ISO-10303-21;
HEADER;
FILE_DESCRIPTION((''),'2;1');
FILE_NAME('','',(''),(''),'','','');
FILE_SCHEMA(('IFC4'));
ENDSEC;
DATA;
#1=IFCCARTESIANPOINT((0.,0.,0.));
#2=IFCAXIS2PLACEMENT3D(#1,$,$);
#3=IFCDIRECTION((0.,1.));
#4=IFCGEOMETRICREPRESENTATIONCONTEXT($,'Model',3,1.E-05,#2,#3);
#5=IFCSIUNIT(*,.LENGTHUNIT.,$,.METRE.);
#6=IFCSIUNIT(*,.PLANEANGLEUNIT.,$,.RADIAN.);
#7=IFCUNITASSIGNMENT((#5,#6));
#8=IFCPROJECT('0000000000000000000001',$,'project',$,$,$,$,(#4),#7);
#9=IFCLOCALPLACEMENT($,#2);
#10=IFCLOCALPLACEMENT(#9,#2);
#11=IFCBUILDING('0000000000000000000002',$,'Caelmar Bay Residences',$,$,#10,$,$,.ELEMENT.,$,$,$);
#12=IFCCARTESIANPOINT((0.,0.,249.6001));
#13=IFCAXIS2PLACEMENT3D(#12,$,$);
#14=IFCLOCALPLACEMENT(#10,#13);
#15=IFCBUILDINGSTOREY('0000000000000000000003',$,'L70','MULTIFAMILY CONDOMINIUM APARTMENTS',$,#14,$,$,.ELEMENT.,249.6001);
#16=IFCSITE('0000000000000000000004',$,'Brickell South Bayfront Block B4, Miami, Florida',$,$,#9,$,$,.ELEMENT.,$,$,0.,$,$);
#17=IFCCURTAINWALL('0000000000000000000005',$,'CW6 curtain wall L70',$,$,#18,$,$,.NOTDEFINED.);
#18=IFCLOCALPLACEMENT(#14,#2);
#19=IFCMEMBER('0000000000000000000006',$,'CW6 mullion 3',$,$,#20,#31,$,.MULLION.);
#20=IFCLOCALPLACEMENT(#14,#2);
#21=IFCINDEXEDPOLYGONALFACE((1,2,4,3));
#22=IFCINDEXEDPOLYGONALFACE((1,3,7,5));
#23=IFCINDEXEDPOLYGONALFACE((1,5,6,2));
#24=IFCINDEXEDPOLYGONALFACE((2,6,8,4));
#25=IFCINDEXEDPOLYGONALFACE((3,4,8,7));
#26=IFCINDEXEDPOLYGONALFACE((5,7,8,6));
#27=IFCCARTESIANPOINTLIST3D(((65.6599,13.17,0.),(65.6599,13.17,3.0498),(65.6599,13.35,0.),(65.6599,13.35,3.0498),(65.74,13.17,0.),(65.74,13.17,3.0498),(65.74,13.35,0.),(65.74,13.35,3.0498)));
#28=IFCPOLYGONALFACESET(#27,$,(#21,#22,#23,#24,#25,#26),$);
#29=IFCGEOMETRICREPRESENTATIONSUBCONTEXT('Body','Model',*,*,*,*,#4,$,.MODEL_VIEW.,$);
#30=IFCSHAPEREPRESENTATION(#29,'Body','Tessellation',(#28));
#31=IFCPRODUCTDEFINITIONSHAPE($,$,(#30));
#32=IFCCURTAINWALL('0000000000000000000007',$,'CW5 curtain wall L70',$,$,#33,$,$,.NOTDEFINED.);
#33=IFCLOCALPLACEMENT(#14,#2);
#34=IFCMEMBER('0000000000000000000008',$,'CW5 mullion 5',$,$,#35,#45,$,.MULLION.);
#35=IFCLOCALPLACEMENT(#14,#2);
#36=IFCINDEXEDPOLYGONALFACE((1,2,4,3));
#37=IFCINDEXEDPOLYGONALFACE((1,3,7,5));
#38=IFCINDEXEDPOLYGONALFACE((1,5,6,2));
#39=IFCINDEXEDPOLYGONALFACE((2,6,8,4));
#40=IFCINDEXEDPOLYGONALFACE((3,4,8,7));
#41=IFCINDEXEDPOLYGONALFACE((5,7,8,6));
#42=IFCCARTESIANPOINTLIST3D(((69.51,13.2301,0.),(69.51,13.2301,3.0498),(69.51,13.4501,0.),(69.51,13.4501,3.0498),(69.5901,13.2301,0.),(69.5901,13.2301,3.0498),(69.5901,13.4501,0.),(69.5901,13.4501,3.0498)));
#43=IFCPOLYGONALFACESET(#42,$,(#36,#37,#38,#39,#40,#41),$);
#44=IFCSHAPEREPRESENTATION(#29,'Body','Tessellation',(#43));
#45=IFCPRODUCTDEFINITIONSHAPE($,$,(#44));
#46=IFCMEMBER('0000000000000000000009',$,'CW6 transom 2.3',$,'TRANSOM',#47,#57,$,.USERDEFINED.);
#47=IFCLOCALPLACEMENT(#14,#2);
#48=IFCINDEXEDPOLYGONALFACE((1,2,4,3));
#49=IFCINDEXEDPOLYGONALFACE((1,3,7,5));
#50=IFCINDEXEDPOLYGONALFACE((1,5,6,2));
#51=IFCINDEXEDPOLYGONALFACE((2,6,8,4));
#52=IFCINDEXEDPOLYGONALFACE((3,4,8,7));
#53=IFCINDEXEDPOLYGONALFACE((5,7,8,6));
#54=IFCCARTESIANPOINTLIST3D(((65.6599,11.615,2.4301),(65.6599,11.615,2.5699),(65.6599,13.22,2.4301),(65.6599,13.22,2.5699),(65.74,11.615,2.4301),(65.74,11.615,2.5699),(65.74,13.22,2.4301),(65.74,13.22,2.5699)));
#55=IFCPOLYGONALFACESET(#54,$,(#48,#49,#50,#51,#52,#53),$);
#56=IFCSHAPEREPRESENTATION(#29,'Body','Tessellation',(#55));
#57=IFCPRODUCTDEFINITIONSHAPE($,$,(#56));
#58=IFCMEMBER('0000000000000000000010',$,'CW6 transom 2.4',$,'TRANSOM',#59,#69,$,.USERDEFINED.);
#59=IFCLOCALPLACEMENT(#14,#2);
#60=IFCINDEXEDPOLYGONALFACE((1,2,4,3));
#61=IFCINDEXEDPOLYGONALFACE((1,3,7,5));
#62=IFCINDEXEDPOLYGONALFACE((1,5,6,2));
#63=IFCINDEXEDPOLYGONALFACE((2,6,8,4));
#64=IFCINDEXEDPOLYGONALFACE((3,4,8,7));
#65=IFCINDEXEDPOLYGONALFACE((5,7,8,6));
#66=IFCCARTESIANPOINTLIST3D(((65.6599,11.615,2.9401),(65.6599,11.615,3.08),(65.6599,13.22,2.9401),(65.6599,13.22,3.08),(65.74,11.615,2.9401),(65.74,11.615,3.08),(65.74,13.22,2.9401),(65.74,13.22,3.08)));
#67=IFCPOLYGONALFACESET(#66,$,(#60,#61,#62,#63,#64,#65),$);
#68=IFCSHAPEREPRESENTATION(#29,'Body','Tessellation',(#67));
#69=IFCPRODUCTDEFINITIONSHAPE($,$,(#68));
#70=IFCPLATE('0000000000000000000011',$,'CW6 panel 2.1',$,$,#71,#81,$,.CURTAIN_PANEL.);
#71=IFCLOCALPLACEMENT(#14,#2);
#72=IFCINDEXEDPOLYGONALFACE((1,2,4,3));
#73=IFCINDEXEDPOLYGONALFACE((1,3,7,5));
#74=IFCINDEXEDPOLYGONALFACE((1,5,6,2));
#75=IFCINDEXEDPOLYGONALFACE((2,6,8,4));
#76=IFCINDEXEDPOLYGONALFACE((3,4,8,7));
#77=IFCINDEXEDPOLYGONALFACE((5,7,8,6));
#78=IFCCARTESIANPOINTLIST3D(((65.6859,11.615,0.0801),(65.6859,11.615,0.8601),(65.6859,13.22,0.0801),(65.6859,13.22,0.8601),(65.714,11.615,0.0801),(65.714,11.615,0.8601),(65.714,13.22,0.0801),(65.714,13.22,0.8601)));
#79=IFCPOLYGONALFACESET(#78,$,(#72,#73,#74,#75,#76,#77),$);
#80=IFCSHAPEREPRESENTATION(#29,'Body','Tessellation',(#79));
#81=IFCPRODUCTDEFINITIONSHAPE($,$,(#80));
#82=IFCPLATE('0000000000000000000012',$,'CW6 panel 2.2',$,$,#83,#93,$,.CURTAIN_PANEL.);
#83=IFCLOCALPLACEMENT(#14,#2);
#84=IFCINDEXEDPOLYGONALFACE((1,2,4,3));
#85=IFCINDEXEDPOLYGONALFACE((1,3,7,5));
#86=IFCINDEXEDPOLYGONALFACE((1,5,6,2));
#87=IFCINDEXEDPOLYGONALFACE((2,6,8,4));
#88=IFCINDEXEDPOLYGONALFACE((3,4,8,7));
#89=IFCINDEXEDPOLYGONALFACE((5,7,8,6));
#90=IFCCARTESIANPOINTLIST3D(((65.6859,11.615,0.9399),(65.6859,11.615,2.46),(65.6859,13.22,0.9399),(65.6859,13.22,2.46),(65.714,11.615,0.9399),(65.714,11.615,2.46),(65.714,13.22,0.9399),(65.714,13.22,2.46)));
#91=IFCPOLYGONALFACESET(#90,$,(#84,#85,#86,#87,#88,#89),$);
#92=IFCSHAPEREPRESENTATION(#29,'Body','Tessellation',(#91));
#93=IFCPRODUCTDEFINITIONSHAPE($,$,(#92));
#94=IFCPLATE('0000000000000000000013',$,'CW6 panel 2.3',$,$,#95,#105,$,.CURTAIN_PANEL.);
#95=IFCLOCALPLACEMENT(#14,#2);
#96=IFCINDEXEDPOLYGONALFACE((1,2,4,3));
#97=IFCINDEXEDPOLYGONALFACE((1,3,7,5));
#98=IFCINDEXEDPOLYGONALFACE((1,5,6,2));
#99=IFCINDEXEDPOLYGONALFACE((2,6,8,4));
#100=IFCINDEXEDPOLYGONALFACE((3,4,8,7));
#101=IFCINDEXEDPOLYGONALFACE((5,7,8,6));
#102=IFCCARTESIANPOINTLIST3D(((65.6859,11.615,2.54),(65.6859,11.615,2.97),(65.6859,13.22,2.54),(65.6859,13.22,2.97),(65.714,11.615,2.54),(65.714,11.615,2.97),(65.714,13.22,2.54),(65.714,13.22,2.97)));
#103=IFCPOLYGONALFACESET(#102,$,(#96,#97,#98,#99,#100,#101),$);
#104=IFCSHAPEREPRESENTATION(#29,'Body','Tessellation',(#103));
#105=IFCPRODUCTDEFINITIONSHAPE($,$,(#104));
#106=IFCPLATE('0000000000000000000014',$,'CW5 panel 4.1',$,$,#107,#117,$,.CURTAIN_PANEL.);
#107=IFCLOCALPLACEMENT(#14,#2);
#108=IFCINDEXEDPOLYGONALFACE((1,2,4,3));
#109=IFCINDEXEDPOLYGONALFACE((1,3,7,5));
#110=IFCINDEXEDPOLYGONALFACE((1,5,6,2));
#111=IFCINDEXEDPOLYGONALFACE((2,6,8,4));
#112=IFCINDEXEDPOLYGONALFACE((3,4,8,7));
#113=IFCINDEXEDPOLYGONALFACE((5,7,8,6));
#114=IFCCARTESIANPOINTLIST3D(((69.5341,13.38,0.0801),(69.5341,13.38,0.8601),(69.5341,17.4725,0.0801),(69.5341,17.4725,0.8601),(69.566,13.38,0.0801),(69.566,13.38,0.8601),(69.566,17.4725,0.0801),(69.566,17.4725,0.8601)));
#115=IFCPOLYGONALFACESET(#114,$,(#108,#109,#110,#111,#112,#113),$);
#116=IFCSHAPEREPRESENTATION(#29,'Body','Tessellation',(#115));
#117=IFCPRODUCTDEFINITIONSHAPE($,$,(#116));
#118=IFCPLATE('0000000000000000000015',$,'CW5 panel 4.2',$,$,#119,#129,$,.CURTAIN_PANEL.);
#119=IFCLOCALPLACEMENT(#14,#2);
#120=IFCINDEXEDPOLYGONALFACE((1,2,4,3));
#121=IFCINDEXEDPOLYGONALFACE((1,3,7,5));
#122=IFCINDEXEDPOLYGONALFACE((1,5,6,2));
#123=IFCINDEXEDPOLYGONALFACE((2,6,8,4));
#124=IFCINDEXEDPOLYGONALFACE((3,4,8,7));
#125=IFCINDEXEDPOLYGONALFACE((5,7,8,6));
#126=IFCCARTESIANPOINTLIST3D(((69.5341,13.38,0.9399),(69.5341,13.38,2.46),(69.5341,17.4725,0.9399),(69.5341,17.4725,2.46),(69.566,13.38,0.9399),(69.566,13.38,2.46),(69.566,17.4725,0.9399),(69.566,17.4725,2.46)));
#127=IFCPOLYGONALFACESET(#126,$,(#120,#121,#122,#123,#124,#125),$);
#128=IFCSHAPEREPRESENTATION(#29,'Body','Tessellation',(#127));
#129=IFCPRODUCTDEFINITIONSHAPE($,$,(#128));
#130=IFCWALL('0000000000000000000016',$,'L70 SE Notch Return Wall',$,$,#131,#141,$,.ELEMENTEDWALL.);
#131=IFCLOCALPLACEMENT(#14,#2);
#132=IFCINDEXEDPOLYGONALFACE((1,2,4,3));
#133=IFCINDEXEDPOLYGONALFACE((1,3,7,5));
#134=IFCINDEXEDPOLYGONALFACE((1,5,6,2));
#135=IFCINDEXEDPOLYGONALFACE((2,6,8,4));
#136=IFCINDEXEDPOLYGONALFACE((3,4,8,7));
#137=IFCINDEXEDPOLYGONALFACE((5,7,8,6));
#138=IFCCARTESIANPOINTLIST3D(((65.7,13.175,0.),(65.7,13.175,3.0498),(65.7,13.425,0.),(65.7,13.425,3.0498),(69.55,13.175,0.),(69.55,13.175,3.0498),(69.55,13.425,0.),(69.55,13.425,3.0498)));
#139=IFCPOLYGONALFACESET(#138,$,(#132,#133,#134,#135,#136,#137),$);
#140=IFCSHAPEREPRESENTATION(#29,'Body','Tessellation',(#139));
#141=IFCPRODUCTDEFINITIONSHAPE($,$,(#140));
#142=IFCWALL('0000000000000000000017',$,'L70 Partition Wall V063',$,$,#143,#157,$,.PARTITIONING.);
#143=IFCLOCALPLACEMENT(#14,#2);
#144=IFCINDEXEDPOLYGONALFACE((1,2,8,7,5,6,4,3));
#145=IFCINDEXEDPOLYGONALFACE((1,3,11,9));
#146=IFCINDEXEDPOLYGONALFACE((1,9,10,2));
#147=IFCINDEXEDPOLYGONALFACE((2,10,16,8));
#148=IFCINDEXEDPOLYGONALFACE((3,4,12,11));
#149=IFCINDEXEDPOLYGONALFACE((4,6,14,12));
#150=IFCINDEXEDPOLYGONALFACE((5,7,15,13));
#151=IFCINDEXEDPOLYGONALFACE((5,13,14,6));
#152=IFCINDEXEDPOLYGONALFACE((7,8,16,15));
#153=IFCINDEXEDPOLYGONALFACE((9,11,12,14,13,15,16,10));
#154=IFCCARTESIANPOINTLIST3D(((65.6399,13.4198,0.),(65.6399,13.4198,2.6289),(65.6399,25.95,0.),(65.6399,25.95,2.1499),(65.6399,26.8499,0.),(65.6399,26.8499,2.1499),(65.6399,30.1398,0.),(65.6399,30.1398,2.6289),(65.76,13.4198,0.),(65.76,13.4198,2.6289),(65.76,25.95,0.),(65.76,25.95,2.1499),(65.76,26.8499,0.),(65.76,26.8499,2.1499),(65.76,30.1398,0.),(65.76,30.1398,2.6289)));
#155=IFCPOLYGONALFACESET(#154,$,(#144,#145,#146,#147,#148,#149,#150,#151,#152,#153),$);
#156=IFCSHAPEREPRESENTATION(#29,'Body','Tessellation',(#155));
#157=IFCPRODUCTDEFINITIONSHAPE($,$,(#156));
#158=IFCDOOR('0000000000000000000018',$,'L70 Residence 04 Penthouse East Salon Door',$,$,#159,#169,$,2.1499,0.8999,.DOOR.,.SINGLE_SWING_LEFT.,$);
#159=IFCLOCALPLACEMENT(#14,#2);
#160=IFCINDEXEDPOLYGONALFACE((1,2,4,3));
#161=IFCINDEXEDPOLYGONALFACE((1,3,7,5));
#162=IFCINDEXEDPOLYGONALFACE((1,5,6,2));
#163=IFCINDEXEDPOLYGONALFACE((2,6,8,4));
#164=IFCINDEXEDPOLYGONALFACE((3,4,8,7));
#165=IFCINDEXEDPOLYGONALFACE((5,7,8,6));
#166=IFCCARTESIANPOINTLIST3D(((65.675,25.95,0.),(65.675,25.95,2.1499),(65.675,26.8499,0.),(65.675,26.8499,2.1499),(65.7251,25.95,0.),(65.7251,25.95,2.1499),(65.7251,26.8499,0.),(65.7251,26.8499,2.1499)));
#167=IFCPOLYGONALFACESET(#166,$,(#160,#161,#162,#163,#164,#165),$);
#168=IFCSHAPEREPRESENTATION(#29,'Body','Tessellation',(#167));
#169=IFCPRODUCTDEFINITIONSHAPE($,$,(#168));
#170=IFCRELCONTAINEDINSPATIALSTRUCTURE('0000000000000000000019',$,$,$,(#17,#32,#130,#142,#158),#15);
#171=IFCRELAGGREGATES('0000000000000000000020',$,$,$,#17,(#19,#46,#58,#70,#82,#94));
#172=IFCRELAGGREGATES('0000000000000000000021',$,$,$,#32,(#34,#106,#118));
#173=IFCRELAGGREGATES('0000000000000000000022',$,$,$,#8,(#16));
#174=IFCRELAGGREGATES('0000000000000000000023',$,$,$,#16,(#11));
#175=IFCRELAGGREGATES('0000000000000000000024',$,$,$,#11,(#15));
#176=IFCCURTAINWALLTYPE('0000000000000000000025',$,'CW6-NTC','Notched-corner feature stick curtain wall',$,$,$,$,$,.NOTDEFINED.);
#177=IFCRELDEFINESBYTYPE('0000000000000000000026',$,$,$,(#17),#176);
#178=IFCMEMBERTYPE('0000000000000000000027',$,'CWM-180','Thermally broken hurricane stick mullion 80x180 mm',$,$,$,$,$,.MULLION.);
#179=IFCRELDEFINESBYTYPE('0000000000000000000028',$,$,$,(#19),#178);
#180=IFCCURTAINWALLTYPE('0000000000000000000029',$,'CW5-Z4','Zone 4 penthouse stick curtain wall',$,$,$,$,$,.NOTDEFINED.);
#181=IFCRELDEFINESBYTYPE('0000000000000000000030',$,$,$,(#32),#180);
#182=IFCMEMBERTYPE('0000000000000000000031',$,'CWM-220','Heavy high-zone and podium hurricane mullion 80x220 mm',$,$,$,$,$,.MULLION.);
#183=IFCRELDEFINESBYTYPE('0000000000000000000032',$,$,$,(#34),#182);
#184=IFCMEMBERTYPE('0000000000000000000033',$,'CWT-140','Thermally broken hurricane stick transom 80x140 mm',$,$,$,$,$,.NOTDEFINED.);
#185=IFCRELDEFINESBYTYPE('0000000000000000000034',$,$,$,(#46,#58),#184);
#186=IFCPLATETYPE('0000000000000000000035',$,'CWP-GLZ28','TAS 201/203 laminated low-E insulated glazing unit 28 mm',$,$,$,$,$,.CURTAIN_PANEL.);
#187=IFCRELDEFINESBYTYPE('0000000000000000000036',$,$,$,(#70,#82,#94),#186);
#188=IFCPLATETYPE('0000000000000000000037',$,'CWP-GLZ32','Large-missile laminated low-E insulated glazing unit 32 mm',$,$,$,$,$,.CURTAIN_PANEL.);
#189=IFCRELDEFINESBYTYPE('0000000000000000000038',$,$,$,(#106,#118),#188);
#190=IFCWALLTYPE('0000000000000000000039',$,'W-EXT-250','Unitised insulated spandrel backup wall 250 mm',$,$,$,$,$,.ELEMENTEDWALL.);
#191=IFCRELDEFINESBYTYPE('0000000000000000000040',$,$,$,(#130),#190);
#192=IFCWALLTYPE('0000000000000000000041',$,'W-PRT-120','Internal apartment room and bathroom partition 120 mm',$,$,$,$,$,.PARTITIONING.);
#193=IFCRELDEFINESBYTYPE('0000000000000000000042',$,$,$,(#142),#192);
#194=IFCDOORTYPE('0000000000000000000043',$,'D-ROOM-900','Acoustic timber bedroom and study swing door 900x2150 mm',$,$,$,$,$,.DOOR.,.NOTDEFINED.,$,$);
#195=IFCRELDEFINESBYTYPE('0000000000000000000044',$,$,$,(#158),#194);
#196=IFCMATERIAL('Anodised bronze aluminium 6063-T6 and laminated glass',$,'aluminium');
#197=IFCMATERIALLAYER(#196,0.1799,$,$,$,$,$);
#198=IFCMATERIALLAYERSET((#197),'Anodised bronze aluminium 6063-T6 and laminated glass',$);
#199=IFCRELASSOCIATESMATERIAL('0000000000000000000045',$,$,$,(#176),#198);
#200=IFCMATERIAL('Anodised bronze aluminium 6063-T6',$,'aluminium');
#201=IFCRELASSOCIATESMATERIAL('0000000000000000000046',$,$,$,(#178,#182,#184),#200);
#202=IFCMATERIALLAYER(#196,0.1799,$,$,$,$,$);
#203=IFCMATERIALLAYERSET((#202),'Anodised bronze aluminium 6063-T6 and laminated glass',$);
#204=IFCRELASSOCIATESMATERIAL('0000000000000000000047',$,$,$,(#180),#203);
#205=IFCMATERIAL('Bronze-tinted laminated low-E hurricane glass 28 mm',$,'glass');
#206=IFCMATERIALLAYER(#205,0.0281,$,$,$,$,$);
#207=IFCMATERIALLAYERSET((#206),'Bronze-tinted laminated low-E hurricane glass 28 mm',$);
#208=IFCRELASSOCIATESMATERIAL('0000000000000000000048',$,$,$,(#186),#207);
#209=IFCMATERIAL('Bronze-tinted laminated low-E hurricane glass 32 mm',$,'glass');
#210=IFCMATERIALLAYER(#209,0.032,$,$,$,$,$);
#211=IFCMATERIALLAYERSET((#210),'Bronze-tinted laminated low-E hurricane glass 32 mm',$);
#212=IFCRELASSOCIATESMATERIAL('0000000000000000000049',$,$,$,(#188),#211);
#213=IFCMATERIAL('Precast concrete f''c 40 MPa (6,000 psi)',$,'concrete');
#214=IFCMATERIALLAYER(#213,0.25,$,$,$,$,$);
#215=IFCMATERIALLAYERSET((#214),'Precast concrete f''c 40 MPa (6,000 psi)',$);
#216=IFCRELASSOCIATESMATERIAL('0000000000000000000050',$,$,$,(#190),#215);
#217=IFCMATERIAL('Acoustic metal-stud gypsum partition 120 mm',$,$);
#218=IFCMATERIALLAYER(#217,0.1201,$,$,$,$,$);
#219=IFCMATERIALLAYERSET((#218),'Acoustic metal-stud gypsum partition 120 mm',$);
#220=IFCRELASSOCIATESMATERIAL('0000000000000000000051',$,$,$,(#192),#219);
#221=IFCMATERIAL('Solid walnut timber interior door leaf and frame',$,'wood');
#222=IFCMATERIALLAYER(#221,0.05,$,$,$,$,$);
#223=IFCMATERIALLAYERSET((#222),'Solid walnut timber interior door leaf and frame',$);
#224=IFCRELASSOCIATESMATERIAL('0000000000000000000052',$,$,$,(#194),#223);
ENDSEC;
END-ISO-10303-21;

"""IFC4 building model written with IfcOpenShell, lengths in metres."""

from ifc_helpers import new_model, si_unit, direction, frame, frame_2d, origin, origin_2d, place, context, subcontext, project, spatial, rectangle, extrude, material, layer, layer_set, material_profile, profile_set, type_object, element, fill, aggregate, save


model = new_model("IFC4")

# Units and contexts
model_context = context("Model", 3, precision=1e-05, world=origin(), true_north=direction((0.0, 1.0)))
body_context = subcontext(model_context, "Body", "Model", "MODEL_VIEW")
ifc_project = project(units=[si_unit("LENGTHUNIT", "METRE"), si_unit("PLANEANGLEUNIT", "RADIAN")], contexts=[model_context])

# Site, building, storey
site_placement = place(None, origin())
site = spatial("IfcSite", under=ifc_project, at=site_placement, Name="Brickell South Bayfront Block B4, Miami, Florida", CompositionType="ELEMENT", RefElevation=0.0)
building_placement = place(site_placement, origin())
building = spatial("IfcBuilding", under=site, at=building_placement, Name="Caelmar Bay Residences", CompositionType="ELEMENT")
storey_placement = place(building_placement, frame((0.0, 0.0, 249.6001)))
storey = spatial("IfcBuildingStorey", under=building, at=storey_placement, Name="L70", Description="MULTIFAMILY CONDOMINIUM APARTMENTS", CompositionType="ELEMENT", Elevation=249.6001)

# Curtain walls, members
ifc_material_1 = material(Name="Anodised bronze aluminium 6063-T6 and laminated glass", Category="aluminium")
ifc_layer_1 = layer(ifc_material_1, 0.1799)
ifc_layer_set_1 = layer_set([ifc_layer_1], Name="Anodised bronze aluminium 6063-T6 and laminated glass")
curtain_wall_type_1 = type_object("IfcCurtainWallType", Name="CW6-NTC", Description="Notched-corner feature stick curtain wall", PredefinedType="NOTDEFINED", material=ifc_layer_set_1)
curtain_wall_1_placement = place(storey_placement, origin())
curtain_wall_1 = element("IfcCurtainWall", 1, at=curtain_wall_1_placement, inside=storey, type_object=curtain_wall_type_1, Name="CW6 curtain wall L70", PredefinedType="NOTDEFINED")
ifc_material_2 = material(Name="Anodised bronze aluminium 6063-T6", Category="aluminium")
ifc_material_profile_1 = material_profile(ifc_material_2, rectangle(XDim=0.0801, YDim=0.1799, at=origin_2d()), Name="CWM-80X180")
ifc_profile_set_1 = profile_set([ifc_material_profile_1], Name="Anodised bronze aluminium 6063-T6")
member_type_1 = type_object("IfcMemberType", Name="CWM-180", Description="Thermally broken hurricane stick mullion 80x180 mm", PredefinedType="MULLION", material=ifc_profile_set_1)
member_1_placement = place(storey_placement, frame((65.7, 13.26, 0.0), z_axis=(0.0, 0.0, 1.0), x_axis=(-1.0, 0.0, 0.0)))
member_1 = element("IfcMember", 2, at=member_1_placement, type_object=member_type_1, Name="CW6 mullion 3", PredefinedType="MULLION", context=body_context, shape_type="SweptSolid", body=[
    extrude(rectangle(XDim=0.0801, YDim=0.1799, at=origin_2d()), origin(), (0.0, 0.0, 1.0), 3.0498),
])
ifc_layer_2 = layer(ifc_material_1, 0.1799)
ifc_layer_set_2 = layer_set([ifc_layer_2], Name="Anodised bronze aluminium 6063-T6 and laminated glass")
curtain_wall_type_2 = type_object("IfcCurtainWallType", Name="CW5-Z4", Description="Zone 4 penthouse stick curtain wall", PredefinedType="NOTDEFINED", material=ifc_layer_set_2)
curtain_wall_2_placement = place(storey_placement, origin())
curtain_wall_2 = element("IfcCurtainWall", 3, at=curtain_wall_2_placement, inside=storey, type_object=curtain_wall_type_2, Name="CW5 curtain wall L70", PredefinedType="NOTDEFINED")
ifc_material_profile_2 = material_profile(ifc_material_2, rectangle(XDim=0.0801, YDim=0.22, at=origin_2d()), Name="CWM-80X220")
ifc_profile_set_2 = profile_set([ifc_material_profile_2], Name="Anodised bronze aluminium 6063-T6")
member_type_2 = type_object("IfcMemberType", Name="CWM-220", Description="Heavy high-zone and podium hurricane mullion 80x220 mm", PredefinedType="MULLION", material=ifc_profile_set_2)
member_2_placement = place(storey_placement, frame((69.55, 13.3401, 0.0), z_axis=(0.0, 0.0, 1.0), x_axis=(1.0, 0.0, 0.0)))
member_2 = element("IfcMember", 4, at=member_2_placement, type_object=member_type_2, Name="CW5 mullion 5", PredefinedType="MULLION", context=body_context, shape_type="SweptSolid", body=[
    extrude(rectangle(XDim=0.0801, YDim=0.22, at=origin_2d()), origin(), (0.0, 0.0, 1.0), 3.0498),
])

# Members
ifc_material_profile_3 = material_profile(ifc_material_2, rectangle(XDim=0.0801, YDim=0.1399, at=origin_2d()), Name="CWT-80X140")
ifc_profile_set_3 = profile_set([ifc_material_profile_3], Name="Anodised bronze aluminium 6063-T6")
member_type_3 = type_object("IfcMemberType", Name="CWT-140", Description="Thermally broken hurricane stick transom 80x140 mm", PredefinedType="NOTDEFINED", material=ifc_profile_set_3)
member_3_placement = place(storey_placement, frame((65.7, 11.615, 2.5), z_axis=(0.0, 1.0, 0.0), x_axis=(-1.0, 0.0, 0.0)))
member_3 = element("IfcMember", 5, at=member_3_placement, type_object=member_type_3, Name="CW6 transom 2.3", ObjectType="TRANSOM", PredefinedType="USERDEFINED", context=body_context, shape_type="SweptSolid", body=[
    extrude(rectangle(XDim=0.0801, YDim=0.1399, at=origin_2d()), origin(), (0.0, 0.0, 1.0), 1.605),
])
member_4_placement = place(storey_placement, frame((65.7, 11.615, 3.01), z_axis=(0.0, 1.0, 0.0), x_axis=(-1.0, 0.0, 0.0)))
member_4 = element("IfcMember", 6, at=member_4_placement, type_object=member_type_3, Name="CW6 transom 2.4", ObjectType="TRANSOM", PredefinedType="USERDEFINED", context=body_context, shape_type="SweptSolid", body=[
    extrude(rectangle(XDim=0.0801, YDim=0.1399, at=origin_2d()), origin(), (0.0, 0.0, 1.0), 1.605),
])

# Plates
ifc_material_3 = material(Name="Bronze-tinted laminated low-E hurricane glass 28 mm", Category="glass")
ifc_layer_3 = layer(ifc_material_3, 0.0281)
ifc_layer_set_3 = layer_set([ifc_layer_3], Name="Bronze-tinted laminated low-E hurricane glass 28 mm")
plate_type_1 = type_object("IfcPlateType", Name="CWP-GLZ28", Description="TAS 201/203 laminated low-E insulated glazing unit 28 mm", PredefinedType="CURTAIN_PANEL", material=ifc_layer_set_3)
plate_1_placement = place(storey_placement, frame((65.7, 12.4175, 0.0801), z_axis=(0.0, 0.0, 1.0), x_axis=(0.0, 1.0, 0.0)))
plate_1 = element("IfcPlate", 7, at=plate_1_placement, type_object=plate_type_1, Name="CW6 panel 2.1", PredefinedType="CURTAIN_PANEL", context=body_context, shape_type="SweptSolid", body=[
    extrude(rectangle(XDim=1.605, YDim=0.0281, at=origin_2d()), origin(), (0.0, 0.0, 1.0), 0.78),
])
plate_2_placement = place(storey_placement, frame((65.7, 12.4175, 0.9399), z_axis=(0.0, 0.0, 1.0), x_axis=(0.0, 1.0, 0.0)))
plate_2 = element("IfcPlate", 8, at=plate_2_placement, type_object=plate_type_1, Name="CW6 panel 2.2", PredefinedType="CURTAIN_PANEL", context=body_context, shape_type="SweptSolid", body=[
    extrude(rectangle(XDim=1.605, YDim=0.0281, at=origin_2d()), origin(), (0.0, 0.0, 1.0), 1.52),
])
plate_3_placement = place(storey_placement, frame((65.7, 12.4175, 2.54), z_axis=(0.0, 0.0, 1.0), x_axis=(0.0, 1.0, 0.0)))
plate_3 = element("IfcPlate", 9, at=plate_3_placement, type_object=plate_type_1, Name="CW6 panel 2.3", PredefinedType="CURTAIN_PANEL", context=body_context, shape_type="SweptSolid", body=[
    extrude(rectangle(XDim=1.605, YDim=0.0281, at=origin_2d()), origin(), (0.0, 0.0, 1.0), 0.4299),
])
aggregate(curtain_wall_1, [member_1, member_3, member_4, plate_1, plate_2, plate_3])
ifc_material_4 = material(Name="Bronze-tinted laminated low-E hurricane glass 32 mm", Category="glass")
ifc_layer_4 = layer(ifc_material_4, 0.032)
ifc_layer_set_4 = layer_set([ifc_layer_4], Name="Bronze-tinted laminated low-E hurricane glass 32 mm")
plate_type_2 = type_object("IfcPlateType", Name="CWP-GLZ32", Description="Large-missile laminated low-E insulated glazing unit 32 mm", PredefinedType="CURTAIN_PANEL", material=ifc_layer_set_4)
plate_4_placement = place(storey_placement, frame((69.55, 15.4263, 0.0801), z_axis=(0.0, 0.0, 1.0), x_axis=(0.0, -1.0, 0.0)))
plate_4 = element("IfcPlate", 10, at=plate_4_placement, type_object=plate_type_2, Name="CW5 panel 4.1", PredefinedType="CURTAIN_PANEL", context=body_context, shape_type="SweptSolid", body=[
    extrude(rectangle(XDim=4.0925, YDim=0.032, at=origin_2d()), origin(), (0.0, 0.0, 1.0), 0.78),
])
plate_5_placement = place(storey_placement, frame((69.55, 15.4263, 0.9399), z_axis=(0.0, 0.0, 1.0), x_axis=(0.0, -1.0, 0.0)))
plate_5 = element("IfcPlate", 11, at=plate_5_placement, type_object=plate_type_2, Name="CW5 panel 4.2", PredefinedType="CURTAIN_PANEL", context=body_context, shape_type="SweptSolid", body=[
    extrude(rectangle(XDim=4.0925, YDim=0.032, at=origin_2d()), origin(), (0.0, 0.0, 1.0), 1.52),
])
aggregate(curtain_wall_2, [member_2, plate_4, plate_5])

# Wall
ifc_material_5 = material(Name="Precast concrete f'c 40 MPa (6,000 psi)", Category="concrete")
ifc_layer_5 = layer(ifc_material_5, 0.25)
ifc_layer_set_5 = layer_set([ifc_layer_5], Name="Precast concrete f'c 40 MPa (6,000 psi)")
wall_type_1 = type_object("IfcWallType", Name="W-EXT-250", Description="Unitised insulated spandrel backup wall 250 mm", PredefinedType="ELEMENTEDWALL", material=ifc_layer_set_5)
wall_1_placement = place(storey_placement, frame((65.7, 13.3, 0.0), z_axis=(0.0, 0.0, 1.0), x_axis=(1.0, 0.0, 0.0)))
element("IfcWall", 12, at=wall_1_placement, inside=storey, type_object=wall_type_1, Name="L70 SE Notch Return Wall", PredefinedType="ELEMENTEDWALL", context=body_context, shape_type="SweptSolid", body=[
    extrude(rectangle(XDim=3.8501, YDim=0.25, at=frame_2d((1.925, 0.0))), origin(), (0.0, 0.0, 1.0), 3.0498),
])

# Wall, opening, door
ifc_material_6 = material(Name="Acoustic metal-stud gypsum partition 120 mm")
ifc_layer_6 = layer(ifc_material_6, 0.1201)
ifc_layer_set_6 = layer_set([ifc_layer_6], Name="Acoustic metal-stud gypsum partition 120 mm")
wall_type_2 = type_object("IfcWallType", Name="W-PRT-120", Description="Internal apartment room and bathroom partition 120 mm", PredefinedType="PARTITIONING", material=ifc_layer_set_6)
wall_2_placement = place(storey_placement, frame((65.7, 13.4199, 0.0), z_axis=(0.0, 0.0, 1.0), x_axis=(0.0, 1.0, 0.0)))
wall_2 = element("IfcWall", 13, at=wall_2_placement, inside=storey, type_object=wall_type_2, Name="L70 Partition Wall V063", PredefinedType="PARTITIONING", context=body_context, shape_type="SweptSolid", body=[
    extrude(rectangle(XDim=16.72, YDim=0.1201, at=frame_2d((8.3599, 0.0))), origin(), (0.0, 0.0, 1.0), 2.6289),
])
opening_placement = place(wall_2_placement, frame((12.53, 0.0, 0.0)))
opening = element("IfcOpeningElement", 14, at=opening_placement, cuts=wall_2, PredefinedType="OPENING", context=body_context, shape_type="SweptSolid", body=[
    extrude(rectangle(XDim=0.8999, YDim=2.1499, at=frame_2d((0.45, 1.075))), frame((0.0, 0.0701, 0.0), z_axis=(0.0, -1.0, 0.0), x_axis=(1.0, 0.0, 0.0)), (0.0, 0.0, 1.0), 0.1401),
])
ifc_material_7 = material(Name="Solid walnut timber interior door leaf and frame", Category="wood")
ifc_layer_7 = layer(ifc_material_7, 0.05)
ifc_layer_set_7 = layer_set([ifc_layer_7], Name="Solid walnut timber interior door leaf and frame")
door_type = type_object("IfcDoorType", Name="D-ROOM-900", Description="Acoustic timber bedroom and study swing door 900x2150 mm", OperationType="NOTDEFINED", PredefinedType="DOOR", material=ifc_layer_set_7)
door_placement = place(opening_placement, origin())
door = element("IfcDoor", 15, at=door_placement, inside=storey, type_object=door_type, Name="L70 Residence 04 Penthouse East Salon Door", OperationType="SINGLE_SWING_LEFT", OverallHeight=2.1499, OverallWidth=0.8999, PredefinedType="DOOR", context=body_context, shape_type="SweptSolid", body=[
    extrude(rectangle(XDim=0.8999, YDim=2.1499, at=frame_2d((0.45, 1.075))), frame((0.0, 0.0249, 0.0), z_axis=(0.0, -1.0, 0.0), x_axis=(1.0, 0.0, 0.0)), (0.0, 0.0, 1.0), 0.05),
])
fill(opening, door)

save(model, "model.ifc")
